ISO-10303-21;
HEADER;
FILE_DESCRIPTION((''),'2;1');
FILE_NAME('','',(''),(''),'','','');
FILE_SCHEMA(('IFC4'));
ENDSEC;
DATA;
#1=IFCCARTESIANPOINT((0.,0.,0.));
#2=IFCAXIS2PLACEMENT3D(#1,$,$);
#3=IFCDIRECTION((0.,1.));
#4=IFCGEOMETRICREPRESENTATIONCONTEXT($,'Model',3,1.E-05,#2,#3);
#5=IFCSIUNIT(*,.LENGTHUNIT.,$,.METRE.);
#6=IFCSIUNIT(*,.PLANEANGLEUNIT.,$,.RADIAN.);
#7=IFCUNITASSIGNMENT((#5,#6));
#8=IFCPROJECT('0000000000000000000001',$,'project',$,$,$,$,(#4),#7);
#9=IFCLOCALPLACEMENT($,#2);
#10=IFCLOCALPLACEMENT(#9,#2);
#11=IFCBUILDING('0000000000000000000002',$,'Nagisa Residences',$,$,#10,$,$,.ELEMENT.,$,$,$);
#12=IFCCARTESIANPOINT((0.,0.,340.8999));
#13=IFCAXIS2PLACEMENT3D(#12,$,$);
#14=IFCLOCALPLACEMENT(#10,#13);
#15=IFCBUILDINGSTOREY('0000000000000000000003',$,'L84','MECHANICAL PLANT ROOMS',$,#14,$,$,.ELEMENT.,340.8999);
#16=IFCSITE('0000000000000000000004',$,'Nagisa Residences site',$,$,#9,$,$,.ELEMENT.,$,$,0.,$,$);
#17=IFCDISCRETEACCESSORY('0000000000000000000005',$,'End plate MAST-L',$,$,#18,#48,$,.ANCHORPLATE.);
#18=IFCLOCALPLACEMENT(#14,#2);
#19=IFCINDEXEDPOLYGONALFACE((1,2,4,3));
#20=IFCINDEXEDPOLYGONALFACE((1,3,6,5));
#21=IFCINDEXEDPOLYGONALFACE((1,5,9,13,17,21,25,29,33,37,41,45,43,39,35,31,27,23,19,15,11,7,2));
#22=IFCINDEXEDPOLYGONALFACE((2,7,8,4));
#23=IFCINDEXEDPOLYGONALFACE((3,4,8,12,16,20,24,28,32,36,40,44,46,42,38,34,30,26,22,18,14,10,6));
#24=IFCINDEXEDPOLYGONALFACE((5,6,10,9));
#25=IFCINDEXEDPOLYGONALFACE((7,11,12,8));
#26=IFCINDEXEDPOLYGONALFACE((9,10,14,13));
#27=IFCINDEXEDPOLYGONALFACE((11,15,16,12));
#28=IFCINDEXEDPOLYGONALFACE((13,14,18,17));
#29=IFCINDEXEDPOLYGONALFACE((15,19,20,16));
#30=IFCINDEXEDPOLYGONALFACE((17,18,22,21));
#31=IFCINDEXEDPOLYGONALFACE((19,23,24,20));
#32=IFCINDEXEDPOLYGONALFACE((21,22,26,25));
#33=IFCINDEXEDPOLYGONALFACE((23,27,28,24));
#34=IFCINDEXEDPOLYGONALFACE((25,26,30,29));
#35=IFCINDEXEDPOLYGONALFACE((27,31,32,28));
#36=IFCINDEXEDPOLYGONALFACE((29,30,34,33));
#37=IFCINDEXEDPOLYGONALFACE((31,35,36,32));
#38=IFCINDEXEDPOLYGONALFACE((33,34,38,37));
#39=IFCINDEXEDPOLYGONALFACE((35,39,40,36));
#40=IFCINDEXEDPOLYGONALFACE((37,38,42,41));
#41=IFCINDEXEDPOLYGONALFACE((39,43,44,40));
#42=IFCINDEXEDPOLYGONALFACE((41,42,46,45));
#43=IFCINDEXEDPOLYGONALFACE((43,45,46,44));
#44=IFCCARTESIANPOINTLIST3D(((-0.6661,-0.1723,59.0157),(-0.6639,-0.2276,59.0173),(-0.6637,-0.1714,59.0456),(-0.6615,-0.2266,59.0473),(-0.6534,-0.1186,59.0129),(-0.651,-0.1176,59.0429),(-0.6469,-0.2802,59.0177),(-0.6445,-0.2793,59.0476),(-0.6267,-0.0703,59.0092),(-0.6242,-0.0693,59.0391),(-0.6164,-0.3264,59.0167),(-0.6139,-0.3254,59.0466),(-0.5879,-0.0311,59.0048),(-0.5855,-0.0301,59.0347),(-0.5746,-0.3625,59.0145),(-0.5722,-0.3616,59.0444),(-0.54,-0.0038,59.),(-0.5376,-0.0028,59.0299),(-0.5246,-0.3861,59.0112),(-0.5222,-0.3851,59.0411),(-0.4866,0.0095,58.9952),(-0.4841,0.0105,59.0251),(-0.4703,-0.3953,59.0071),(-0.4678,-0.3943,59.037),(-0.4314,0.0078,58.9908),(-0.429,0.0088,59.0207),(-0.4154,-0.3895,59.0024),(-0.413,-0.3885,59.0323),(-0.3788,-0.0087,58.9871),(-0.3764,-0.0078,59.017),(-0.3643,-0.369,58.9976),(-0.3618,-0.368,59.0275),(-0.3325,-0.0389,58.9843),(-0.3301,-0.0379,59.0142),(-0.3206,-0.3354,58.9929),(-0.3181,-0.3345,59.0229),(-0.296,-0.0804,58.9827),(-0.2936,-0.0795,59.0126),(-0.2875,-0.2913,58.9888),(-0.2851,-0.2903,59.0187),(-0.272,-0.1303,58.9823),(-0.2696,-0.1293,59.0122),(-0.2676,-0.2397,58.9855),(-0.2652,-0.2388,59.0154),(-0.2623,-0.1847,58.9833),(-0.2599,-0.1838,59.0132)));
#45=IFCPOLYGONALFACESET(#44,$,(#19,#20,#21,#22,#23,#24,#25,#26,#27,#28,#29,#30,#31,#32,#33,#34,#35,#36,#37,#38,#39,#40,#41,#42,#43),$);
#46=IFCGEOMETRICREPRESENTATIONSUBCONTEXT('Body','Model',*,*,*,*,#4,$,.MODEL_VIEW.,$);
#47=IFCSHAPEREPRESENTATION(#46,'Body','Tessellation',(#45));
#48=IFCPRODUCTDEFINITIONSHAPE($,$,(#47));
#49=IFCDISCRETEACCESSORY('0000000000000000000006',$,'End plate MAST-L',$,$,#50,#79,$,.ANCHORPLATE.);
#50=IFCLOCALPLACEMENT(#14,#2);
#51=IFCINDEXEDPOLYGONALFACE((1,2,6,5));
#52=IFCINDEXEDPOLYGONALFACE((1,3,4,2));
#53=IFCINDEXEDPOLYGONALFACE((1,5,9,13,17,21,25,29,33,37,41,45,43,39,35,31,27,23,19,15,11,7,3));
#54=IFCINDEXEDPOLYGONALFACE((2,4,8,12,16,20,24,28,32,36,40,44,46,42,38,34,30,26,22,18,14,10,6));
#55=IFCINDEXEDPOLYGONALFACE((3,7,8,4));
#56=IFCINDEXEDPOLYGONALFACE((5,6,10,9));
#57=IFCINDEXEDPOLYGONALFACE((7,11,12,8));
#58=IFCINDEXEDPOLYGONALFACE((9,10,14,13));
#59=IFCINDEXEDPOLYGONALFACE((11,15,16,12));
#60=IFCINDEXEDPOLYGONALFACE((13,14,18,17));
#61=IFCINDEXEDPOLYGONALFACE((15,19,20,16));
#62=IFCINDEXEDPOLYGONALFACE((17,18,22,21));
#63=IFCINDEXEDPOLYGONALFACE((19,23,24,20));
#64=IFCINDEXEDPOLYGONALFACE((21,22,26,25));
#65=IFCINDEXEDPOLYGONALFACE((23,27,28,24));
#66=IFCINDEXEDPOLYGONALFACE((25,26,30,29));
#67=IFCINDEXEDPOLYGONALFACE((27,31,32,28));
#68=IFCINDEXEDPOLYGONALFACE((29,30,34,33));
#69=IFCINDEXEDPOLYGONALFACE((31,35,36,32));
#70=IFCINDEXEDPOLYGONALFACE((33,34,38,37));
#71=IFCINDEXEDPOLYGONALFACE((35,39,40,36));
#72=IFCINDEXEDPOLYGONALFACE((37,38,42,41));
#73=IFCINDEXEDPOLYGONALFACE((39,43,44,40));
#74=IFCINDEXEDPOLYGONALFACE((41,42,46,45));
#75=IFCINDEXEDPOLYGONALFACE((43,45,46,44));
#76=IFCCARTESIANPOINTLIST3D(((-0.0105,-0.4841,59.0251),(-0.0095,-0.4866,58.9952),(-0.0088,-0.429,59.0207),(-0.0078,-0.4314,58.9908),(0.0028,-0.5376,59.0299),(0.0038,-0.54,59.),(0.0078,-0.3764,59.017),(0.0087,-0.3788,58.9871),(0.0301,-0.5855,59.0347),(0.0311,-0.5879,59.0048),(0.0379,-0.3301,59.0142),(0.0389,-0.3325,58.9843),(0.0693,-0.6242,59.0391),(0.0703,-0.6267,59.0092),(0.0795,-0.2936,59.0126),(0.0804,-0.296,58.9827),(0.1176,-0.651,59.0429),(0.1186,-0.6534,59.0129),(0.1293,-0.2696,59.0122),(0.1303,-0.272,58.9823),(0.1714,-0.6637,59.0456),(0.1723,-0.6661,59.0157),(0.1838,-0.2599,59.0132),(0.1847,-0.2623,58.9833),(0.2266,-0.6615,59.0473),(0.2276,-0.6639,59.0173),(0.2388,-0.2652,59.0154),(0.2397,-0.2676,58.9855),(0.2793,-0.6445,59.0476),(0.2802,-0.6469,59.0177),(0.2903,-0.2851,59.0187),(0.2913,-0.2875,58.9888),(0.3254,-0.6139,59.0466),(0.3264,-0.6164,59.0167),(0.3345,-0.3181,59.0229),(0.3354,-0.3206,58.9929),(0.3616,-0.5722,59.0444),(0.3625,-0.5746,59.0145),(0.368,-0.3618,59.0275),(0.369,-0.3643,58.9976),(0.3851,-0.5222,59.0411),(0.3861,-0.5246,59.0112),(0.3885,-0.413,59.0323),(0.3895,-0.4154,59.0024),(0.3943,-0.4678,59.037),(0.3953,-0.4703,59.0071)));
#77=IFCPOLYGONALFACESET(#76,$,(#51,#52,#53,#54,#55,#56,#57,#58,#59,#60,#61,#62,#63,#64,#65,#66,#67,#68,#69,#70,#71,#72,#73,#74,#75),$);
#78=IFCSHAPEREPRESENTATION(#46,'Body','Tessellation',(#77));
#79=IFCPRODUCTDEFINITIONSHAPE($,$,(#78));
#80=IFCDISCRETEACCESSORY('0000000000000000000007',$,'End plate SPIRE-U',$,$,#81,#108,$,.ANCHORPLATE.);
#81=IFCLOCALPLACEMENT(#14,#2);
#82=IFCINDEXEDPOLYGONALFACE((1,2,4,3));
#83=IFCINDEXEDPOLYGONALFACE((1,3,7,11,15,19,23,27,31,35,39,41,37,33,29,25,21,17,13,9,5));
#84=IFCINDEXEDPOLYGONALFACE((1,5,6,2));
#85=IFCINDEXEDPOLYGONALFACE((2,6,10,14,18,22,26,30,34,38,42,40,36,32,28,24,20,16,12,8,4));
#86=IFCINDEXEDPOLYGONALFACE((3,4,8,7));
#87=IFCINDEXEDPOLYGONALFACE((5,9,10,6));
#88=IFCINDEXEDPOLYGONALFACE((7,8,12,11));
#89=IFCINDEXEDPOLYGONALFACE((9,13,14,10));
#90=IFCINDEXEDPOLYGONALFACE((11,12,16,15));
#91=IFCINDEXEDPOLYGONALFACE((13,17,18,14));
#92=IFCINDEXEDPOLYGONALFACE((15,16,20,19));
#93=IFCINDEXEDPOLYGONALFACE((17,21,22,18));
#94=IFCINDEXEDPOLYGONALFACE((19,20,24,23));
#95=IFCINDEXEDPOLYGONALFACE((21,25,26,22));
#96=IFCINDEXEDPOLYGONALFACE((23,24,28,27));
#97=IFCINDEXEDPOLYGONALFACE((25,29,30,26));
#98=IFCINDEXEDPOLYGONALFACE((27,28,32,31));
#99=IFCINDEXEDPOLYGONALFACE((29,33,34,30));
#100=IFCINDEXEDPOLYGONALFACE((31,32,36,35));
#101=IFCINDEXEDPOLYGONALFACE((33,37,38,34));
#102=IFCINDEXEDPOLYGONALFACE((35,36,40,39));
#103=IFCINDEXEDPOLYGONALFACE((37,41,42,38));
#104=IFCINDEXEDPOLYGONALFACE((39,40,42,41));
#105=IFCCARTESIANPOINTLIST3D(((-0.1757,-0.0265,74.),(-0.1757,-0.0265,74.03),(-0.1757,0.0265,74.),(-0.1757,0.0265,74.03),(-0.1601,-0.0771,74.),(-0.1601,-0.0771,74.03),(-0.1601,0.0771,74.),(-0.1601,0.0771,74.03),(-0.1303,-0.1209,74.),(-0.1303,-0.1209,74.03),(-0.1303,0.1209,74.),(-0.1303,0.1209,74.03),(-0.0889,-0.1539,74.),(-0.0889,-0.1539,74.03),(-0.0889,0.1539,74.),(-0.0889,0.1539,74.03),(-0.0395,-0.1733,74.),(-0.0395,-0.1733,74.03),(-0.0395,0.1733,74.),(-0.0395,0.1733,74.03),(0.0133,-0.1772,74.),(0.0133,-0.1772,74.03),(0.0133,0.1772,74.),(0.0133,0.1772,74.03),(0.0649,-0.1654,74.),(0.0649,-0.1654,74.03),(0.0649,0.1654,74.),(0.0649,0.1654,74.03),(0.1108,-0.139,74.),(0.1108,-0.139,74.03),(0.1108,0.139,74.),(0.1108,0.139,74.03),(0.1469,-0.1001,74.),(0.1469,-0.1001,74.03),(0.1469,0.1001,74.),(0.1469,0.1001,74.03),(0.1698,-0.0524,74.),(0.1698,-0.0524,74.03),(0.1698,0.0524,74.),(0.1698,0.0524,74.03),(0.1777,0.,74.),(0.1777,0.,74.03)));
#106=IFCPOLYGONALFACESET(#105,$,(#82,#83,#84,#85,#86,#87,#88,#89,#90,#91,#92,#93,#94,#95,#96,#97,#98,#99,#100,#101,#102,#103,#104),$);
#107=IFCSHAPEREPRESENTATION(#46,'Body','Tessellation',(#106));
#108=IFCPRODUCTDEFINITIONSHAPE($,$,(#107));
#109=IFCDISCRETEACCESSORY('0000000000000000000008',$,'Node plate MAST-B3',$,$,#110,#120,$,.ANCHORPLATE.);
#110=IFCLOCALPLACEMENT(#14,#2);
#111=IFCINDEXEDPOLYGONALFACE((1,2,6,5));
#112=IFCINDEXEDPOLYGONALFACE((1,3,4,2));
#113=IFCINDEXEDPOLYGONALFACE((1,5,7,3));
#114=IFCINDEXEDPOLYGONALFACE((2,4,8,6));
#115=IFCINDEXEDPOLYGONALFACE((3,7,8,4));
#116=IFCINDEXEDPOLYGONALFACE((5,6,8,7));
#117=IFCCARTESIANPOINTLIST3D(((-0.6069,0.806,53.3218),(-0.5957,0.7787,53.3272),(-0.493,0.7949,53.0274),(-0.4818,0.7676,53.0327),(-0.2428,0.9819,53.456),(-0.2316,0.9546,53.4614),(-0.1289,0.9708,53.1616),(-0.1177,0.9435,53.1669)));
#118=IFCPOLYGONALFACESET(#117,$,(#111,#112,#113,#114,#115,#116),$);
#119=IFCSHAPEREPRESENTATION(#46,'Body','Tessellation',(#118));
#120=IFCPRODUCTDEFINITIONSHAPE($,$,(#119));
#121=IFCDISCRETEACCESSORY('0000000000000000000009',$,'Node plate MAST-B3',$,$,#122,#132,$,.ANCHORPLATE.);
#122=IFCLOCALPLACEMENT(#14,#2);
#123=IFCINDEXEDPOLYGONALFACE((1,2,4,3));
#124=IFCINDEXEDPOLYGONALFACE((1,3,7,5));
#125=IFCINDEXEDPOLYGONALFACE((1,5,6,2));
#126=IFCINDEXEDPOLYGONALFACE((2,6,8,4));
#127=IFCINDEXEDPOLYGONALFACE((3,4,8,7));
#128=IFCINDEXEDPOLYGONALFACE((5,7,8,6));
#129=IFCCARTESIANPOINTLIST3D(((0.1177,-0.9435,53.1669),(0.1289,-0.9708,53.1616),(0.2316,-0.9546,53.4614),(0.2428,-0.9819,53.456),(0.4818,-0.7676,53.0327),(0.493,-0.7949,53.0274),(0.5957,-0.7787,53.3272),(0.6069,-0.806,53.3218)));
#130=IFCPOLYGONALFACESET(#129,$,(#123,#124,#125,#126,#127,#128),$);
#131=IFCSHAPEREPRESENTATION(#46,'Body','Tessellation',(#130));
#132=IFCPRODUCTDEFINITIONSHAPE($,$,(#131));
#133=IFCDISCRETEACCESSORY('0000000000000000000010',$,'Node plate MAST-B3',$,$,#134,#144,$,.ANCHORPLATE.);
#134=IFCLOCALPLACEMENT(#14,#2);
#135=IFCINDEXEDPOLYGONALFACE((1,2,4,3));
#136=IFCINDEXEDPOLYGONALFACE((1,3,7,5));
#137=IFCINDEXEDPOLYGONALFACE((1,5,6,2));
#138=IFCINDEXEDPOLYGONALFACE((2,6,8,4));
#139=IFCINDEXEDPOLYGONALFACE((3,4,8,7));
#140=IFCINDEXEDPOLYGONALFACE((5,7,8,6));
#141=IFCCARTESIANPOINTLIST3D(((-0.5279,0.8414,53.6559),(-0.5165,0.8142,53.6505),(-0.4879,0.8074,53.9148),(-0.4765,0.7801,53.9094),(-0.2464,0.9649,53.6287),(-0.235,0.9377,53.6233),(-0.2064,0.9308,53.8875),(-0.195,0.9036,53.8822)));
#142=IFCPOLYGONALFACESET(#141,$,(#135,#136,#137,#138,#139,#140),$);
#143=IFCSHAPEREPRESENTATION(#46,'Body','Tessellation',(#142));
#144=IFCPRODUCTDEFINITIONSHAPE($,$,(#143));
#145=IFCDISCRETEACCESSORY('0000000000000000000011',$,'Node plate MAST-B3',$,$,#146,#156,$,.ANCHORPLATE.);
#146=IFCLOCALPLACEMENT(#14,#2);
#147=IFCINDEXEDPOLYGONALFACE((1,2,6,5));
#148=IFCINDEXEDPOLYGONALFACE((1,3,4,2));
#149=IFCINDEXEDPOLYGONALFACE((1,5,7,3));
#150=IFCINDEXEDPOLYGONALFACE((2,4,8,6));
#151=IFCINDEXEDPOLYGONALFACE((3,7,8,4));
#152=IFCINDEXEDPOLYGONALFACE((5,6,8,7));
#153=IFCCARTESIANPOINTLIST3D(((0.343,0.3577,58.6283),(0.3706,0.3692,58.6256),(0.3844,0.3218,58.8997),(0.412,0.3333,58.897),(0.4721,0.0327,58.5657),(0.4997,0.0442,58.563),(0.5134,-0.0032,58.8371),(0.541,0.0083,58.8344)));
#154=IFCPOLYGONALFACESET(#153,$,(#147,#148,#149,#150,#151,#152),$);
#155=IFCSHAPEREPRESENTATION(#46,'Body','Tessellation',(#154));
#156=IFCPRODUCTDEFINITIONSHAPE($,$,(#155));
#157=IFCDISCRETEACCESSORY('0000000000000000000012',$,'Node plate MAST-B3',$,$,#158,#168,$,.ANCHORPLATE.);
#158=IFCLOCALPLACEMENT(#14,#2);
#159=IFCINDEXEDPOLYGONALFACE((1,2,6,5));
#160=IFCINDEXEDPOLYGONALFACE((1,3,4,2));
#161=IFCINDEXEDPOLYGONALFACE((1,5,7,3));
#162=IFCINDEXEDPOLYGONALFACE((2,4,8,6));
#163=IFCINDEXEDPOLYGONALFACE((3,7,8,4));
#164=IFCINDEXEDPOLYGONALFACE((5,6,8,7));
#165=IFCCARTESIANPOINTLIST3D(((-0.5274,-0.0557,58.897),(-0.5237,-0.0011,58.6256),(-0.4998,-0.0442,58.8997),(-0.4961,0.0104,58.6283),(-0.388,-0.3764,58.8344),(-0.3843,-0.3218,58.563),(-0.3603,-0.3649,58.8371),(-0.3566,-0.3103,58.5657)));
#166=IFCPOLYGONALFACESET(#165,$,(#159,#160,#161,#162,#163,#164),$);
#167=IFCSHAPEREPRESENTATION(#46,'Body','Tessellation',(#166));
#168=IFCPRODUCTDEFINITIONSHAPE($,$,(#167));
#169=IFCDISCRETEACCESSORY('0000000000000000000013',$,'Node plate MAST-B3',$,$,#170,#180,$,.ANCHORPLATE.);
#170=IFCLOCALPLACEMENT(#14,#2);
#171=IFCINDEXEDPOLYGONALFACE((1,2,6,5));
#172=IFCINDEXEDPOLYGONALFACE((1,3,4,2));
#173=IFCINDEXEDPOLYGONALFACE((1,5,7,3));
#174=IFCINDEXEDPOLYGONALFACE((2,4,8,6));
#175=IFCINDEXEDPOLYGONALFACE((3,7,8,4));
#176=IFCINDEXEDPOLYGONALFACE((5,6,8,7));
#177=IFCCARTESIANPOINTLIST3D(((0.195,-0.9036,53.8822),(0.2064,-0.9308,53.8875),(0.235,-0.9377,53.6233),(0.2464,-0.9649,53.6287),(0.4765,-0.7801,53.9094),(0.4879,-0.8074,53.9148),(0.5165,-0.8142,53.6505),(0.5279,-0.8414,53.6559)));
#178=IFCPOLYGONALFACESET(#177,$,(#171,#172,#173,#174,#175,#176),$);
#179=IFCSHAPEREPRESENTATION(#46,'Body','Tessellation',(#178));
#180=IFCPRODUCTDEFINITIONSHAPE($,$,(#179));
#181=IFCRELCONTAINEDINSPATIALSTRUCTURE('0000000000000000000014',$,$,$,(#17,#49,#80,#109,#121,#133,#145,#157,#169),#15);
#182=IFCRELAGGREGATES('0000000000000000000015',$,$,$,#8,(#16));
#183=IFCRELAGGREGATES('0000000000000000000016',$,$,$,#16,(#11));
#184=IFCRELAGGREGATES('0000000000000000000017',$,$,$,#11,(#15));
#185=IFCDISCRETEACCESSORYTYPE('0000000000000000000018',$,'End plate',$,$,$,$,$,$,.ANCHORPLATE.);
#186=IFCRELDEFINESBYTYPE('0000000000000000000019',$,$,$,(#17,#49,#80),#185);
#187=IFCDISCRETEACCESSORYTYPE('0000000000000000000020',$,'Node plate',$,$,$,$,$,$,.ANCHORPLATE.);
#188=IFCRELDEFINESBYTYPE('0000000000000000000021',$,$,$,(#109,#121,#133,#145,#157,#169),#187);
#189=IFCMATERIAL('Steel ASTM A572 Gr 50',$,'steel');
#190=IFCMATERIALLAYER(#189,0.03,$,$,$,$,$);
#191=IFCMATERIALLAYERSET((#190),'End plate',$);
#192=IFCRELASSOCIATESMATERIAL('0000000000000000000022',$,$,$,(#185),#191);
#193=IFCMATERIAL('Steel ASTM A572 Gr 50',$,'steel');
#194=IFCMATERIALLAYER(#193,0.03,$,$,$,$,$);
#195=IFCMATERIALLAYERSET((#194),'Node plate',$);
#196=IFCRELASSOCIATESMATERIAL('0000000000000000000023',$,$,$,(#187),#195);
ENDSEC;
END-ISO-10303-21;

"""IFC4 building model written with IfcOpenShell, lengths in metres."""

from ifc_helpers import new_model, si_unit, direction, frame, origin, origin_2d, place, context, subcontext, project, spatial, rectangle, circle, extrude, material, layer, layer_set, type_object, element, save


model = new_model("IFC4")

# Units and contexts
model_context = context("Model", 3, precision=1e-05, world=origin(), true_north=direction((0.0, 1.0)))
body_context = subcontext(model_context, "Body", "Model", "MODEL_VIEW")
ifc_project = project(units=[si_unit("LENGTHUNIT", "METRE"), si_unit("PLANEANGLEUNIT", "RADIAN")], contexts=[model_context])

# Site, building, storey
site_placement = place(None, origin())
site = spatial("IfcSite", under=ifc_project, at=site_placement, Name="Nagisa Residences site", CompositionType="ELEMENT", RefElevation=0.0)
building_placement = place(site_placement, origin())
building = spatial("IfcBuilding", under=site, at=building_placement, Name="Nagisa Residences", CompositionType="ELEMENT")
storey_placement = place(building_placement, frame((0.0, 0.0, 340.8999)))
storey = spatial("IfcBuildingStorey", under=building, at=storey_placement, Name="L84", Description="MECHANICAL PLANT ROOMS", CompositionType="ELEMENT", Elevation=340.8999)

# Discrete accessories
ifc_material_1 = material(Name="Steel ASTM A572 Gr 50", Category="steel")
ifc_layer_1 = layer(ifc_material_1, 0.03)
ifc_layer_set_1 = layer_set([ifc_layer_1], Name="End plate")
discrete_accessory_type_1 = type_object("IfcDiscreteAccessoryType", Name="End plate", PredefinedType="ANCHORPLATE", material=ifc_layer_set_1)
for number, where, z_axis, x_axis, name in (
    (1, (-0.4646, -0.1924, 59.0), (0.080991, 0.032396, 0.996188), (-0.371391, 0.928477, 0.0), "End plate MAST-L"),
    (2, (0.1924, -0.4646, 59.0), (-0.032396, 0.080991, 0.996188), (-0.928477, -0.371391, 0.0), "End plate MAST-L"),
):
    element("IfcDiscreteAccessory", number, at=place(storey_placement, frame(where, z_axis=z_axis, x_axis=x_axis)), inside=storey, type_object=discrete_accessory_type_1, Name=name, PredefinedType="ANCHORPLATE", context=body_context, shape_type="SweptSolid", body=[
        extrude(circle(Radius=0.2031, at=origin_2d()), origin(), (0.0, 0.0, 1.0), 0.03),
    ])
discrete_accessory_1_placement = place(storey_placement, frame((0.0, 0.0, 74.0), z_axis=(0.0, 0.0, 1.0), x_axis=(1.0, 0.0, 0.0)))
element("IfcDiscreteAccessory", 3, at=discrete_accessory_1_placement, inside=storey, type_object=discrete_accessory_type_1, Name="End plate SPIRE-U", PredefinedType="ANCHORPLATE", context=body_context, shape_type="SweptSolid", body=[
    extrude(circle(Radius=0.1777, at=origin_2d()), origin(), (0.0, 0.0, 1.0), 0.03),
])
ifc_material_2 = material(Name="Steel ASTM A572 Gr 50", Category="steel")
ifc_layer_2 = layer(ifc_material_2, 0.03)
ifc_layer_set_2 = layer_set([ifc_layer_2], Name="Node plate")
discrete_accessory_type_2 = type_object("IfcDiscreteAccessoryType", Name="Node plate", PredefinedType="ANCHORPLATE", material=ifc_layer_set_2)
for number, where, z_axis, x_axis, name in (
    (4, (-0.3567, 0.8611, 53.2471), (-0.373798, 0.910118, -0.178773), (0.360543, -0.035008, -0.932085), "Node plate MAST-B3"),
    (5, (0.3567, -0.8611, 53.2471), (0.373798, -0.910118, -0.178773), (-0.360543, 0.035008, -0.932085), "Node plate MAST-B3"),
):
    element("IfcDiscreteAccessory", number, at=place(storey_placement, frame(where, z_axis=z_axis, x_axis=x_axis)), inside=storey, type_object=discrete_accessory_type_2, Name=name, PredefinedType="ANCHORPLATE", context=body_context, shape_type="SweptSolid", body=[
        extrude(rectangle(XDim=0.3159, YDim=0.426, at=origin_2d()), origin(), (0.0, 0.0, 1.0), 0.03),
    ])
discrete_accessory_2_placement = place(storey_placement, frame((-0.3557, 0.8589, 53.7664), z_axis=(-0.380757, 0.907336, 0.178227), x_axis=(0.151342, -0.128996, 0.980028)))
element("IfcDiscreteAccessory", 6, at=discrete_accessory_2_placement, inside=storey, type_object=discrete_accessory_type_2, Name="Node plate MAST-B3", PredefinedType="ANCHORPLATE", context=body_context, shape_type="SweptSolid", body=[
    extrude(rectangle(XDim=0.2642, YDim=0.3086, at=origin_2d()), origin(), (0.0, 0.0, 1.0), 0.03),
])
for number, where, z_axis, x_axis, name in (
    (7, (0.4282, 0.1772, 58.7327), (0.919611, 0.382493, -0.08952), (-0.149312, 0.129561, -0.980265), "Node plate MAST-B3"),
    (8, (-0.4282, -0.1772, 58.7327), (-0.919611, -0.382493, -0.08952), (0.013389, 0.197234, -0.980265), "Node plate MAST-B3"),
):
    element("IfcDiscreteAccessory", number, at=place(storey_placement, frame(where, z_axis=z_axis, x_axis=x_axis)), inside=storey, type_object=discrete_accessory_type_2, Name=name, PredefinedType="ANCHORPLATE", context=body_context, shape_type="SweptSolid", body=[
        extrude(rectangle(XDim=0.2769, YDim=0.3552, at=origin_2d()), origin(), (0.0, 0.0, 1.0), 0.03),
    ])
discrete_accessory_3_placement = place(storey_placement, frame((0.3557, -0.8589, 53.7664), z_axis=(0.380757, -0.907336, 0.178227), x_axis=(-0.151342, 0.128996, 0.980028)))
element("IfcDiscreteAccessory", 9, at=discrete_accessory_3_placement, inside=storey, type_object=discrete_accessory_type_2, Name="Node plate MAST-B3", PredefinedType="ANCHORPLATE", context=body_context, shape_type="SweptSolid", body=[
    extrude(rectangle(XDim=0.2642, YDim=0.3086, at=origin_2d()), origin(), (0.0, 0.0, 1.0), 0.03),
])

save(model, "model.ifc")
